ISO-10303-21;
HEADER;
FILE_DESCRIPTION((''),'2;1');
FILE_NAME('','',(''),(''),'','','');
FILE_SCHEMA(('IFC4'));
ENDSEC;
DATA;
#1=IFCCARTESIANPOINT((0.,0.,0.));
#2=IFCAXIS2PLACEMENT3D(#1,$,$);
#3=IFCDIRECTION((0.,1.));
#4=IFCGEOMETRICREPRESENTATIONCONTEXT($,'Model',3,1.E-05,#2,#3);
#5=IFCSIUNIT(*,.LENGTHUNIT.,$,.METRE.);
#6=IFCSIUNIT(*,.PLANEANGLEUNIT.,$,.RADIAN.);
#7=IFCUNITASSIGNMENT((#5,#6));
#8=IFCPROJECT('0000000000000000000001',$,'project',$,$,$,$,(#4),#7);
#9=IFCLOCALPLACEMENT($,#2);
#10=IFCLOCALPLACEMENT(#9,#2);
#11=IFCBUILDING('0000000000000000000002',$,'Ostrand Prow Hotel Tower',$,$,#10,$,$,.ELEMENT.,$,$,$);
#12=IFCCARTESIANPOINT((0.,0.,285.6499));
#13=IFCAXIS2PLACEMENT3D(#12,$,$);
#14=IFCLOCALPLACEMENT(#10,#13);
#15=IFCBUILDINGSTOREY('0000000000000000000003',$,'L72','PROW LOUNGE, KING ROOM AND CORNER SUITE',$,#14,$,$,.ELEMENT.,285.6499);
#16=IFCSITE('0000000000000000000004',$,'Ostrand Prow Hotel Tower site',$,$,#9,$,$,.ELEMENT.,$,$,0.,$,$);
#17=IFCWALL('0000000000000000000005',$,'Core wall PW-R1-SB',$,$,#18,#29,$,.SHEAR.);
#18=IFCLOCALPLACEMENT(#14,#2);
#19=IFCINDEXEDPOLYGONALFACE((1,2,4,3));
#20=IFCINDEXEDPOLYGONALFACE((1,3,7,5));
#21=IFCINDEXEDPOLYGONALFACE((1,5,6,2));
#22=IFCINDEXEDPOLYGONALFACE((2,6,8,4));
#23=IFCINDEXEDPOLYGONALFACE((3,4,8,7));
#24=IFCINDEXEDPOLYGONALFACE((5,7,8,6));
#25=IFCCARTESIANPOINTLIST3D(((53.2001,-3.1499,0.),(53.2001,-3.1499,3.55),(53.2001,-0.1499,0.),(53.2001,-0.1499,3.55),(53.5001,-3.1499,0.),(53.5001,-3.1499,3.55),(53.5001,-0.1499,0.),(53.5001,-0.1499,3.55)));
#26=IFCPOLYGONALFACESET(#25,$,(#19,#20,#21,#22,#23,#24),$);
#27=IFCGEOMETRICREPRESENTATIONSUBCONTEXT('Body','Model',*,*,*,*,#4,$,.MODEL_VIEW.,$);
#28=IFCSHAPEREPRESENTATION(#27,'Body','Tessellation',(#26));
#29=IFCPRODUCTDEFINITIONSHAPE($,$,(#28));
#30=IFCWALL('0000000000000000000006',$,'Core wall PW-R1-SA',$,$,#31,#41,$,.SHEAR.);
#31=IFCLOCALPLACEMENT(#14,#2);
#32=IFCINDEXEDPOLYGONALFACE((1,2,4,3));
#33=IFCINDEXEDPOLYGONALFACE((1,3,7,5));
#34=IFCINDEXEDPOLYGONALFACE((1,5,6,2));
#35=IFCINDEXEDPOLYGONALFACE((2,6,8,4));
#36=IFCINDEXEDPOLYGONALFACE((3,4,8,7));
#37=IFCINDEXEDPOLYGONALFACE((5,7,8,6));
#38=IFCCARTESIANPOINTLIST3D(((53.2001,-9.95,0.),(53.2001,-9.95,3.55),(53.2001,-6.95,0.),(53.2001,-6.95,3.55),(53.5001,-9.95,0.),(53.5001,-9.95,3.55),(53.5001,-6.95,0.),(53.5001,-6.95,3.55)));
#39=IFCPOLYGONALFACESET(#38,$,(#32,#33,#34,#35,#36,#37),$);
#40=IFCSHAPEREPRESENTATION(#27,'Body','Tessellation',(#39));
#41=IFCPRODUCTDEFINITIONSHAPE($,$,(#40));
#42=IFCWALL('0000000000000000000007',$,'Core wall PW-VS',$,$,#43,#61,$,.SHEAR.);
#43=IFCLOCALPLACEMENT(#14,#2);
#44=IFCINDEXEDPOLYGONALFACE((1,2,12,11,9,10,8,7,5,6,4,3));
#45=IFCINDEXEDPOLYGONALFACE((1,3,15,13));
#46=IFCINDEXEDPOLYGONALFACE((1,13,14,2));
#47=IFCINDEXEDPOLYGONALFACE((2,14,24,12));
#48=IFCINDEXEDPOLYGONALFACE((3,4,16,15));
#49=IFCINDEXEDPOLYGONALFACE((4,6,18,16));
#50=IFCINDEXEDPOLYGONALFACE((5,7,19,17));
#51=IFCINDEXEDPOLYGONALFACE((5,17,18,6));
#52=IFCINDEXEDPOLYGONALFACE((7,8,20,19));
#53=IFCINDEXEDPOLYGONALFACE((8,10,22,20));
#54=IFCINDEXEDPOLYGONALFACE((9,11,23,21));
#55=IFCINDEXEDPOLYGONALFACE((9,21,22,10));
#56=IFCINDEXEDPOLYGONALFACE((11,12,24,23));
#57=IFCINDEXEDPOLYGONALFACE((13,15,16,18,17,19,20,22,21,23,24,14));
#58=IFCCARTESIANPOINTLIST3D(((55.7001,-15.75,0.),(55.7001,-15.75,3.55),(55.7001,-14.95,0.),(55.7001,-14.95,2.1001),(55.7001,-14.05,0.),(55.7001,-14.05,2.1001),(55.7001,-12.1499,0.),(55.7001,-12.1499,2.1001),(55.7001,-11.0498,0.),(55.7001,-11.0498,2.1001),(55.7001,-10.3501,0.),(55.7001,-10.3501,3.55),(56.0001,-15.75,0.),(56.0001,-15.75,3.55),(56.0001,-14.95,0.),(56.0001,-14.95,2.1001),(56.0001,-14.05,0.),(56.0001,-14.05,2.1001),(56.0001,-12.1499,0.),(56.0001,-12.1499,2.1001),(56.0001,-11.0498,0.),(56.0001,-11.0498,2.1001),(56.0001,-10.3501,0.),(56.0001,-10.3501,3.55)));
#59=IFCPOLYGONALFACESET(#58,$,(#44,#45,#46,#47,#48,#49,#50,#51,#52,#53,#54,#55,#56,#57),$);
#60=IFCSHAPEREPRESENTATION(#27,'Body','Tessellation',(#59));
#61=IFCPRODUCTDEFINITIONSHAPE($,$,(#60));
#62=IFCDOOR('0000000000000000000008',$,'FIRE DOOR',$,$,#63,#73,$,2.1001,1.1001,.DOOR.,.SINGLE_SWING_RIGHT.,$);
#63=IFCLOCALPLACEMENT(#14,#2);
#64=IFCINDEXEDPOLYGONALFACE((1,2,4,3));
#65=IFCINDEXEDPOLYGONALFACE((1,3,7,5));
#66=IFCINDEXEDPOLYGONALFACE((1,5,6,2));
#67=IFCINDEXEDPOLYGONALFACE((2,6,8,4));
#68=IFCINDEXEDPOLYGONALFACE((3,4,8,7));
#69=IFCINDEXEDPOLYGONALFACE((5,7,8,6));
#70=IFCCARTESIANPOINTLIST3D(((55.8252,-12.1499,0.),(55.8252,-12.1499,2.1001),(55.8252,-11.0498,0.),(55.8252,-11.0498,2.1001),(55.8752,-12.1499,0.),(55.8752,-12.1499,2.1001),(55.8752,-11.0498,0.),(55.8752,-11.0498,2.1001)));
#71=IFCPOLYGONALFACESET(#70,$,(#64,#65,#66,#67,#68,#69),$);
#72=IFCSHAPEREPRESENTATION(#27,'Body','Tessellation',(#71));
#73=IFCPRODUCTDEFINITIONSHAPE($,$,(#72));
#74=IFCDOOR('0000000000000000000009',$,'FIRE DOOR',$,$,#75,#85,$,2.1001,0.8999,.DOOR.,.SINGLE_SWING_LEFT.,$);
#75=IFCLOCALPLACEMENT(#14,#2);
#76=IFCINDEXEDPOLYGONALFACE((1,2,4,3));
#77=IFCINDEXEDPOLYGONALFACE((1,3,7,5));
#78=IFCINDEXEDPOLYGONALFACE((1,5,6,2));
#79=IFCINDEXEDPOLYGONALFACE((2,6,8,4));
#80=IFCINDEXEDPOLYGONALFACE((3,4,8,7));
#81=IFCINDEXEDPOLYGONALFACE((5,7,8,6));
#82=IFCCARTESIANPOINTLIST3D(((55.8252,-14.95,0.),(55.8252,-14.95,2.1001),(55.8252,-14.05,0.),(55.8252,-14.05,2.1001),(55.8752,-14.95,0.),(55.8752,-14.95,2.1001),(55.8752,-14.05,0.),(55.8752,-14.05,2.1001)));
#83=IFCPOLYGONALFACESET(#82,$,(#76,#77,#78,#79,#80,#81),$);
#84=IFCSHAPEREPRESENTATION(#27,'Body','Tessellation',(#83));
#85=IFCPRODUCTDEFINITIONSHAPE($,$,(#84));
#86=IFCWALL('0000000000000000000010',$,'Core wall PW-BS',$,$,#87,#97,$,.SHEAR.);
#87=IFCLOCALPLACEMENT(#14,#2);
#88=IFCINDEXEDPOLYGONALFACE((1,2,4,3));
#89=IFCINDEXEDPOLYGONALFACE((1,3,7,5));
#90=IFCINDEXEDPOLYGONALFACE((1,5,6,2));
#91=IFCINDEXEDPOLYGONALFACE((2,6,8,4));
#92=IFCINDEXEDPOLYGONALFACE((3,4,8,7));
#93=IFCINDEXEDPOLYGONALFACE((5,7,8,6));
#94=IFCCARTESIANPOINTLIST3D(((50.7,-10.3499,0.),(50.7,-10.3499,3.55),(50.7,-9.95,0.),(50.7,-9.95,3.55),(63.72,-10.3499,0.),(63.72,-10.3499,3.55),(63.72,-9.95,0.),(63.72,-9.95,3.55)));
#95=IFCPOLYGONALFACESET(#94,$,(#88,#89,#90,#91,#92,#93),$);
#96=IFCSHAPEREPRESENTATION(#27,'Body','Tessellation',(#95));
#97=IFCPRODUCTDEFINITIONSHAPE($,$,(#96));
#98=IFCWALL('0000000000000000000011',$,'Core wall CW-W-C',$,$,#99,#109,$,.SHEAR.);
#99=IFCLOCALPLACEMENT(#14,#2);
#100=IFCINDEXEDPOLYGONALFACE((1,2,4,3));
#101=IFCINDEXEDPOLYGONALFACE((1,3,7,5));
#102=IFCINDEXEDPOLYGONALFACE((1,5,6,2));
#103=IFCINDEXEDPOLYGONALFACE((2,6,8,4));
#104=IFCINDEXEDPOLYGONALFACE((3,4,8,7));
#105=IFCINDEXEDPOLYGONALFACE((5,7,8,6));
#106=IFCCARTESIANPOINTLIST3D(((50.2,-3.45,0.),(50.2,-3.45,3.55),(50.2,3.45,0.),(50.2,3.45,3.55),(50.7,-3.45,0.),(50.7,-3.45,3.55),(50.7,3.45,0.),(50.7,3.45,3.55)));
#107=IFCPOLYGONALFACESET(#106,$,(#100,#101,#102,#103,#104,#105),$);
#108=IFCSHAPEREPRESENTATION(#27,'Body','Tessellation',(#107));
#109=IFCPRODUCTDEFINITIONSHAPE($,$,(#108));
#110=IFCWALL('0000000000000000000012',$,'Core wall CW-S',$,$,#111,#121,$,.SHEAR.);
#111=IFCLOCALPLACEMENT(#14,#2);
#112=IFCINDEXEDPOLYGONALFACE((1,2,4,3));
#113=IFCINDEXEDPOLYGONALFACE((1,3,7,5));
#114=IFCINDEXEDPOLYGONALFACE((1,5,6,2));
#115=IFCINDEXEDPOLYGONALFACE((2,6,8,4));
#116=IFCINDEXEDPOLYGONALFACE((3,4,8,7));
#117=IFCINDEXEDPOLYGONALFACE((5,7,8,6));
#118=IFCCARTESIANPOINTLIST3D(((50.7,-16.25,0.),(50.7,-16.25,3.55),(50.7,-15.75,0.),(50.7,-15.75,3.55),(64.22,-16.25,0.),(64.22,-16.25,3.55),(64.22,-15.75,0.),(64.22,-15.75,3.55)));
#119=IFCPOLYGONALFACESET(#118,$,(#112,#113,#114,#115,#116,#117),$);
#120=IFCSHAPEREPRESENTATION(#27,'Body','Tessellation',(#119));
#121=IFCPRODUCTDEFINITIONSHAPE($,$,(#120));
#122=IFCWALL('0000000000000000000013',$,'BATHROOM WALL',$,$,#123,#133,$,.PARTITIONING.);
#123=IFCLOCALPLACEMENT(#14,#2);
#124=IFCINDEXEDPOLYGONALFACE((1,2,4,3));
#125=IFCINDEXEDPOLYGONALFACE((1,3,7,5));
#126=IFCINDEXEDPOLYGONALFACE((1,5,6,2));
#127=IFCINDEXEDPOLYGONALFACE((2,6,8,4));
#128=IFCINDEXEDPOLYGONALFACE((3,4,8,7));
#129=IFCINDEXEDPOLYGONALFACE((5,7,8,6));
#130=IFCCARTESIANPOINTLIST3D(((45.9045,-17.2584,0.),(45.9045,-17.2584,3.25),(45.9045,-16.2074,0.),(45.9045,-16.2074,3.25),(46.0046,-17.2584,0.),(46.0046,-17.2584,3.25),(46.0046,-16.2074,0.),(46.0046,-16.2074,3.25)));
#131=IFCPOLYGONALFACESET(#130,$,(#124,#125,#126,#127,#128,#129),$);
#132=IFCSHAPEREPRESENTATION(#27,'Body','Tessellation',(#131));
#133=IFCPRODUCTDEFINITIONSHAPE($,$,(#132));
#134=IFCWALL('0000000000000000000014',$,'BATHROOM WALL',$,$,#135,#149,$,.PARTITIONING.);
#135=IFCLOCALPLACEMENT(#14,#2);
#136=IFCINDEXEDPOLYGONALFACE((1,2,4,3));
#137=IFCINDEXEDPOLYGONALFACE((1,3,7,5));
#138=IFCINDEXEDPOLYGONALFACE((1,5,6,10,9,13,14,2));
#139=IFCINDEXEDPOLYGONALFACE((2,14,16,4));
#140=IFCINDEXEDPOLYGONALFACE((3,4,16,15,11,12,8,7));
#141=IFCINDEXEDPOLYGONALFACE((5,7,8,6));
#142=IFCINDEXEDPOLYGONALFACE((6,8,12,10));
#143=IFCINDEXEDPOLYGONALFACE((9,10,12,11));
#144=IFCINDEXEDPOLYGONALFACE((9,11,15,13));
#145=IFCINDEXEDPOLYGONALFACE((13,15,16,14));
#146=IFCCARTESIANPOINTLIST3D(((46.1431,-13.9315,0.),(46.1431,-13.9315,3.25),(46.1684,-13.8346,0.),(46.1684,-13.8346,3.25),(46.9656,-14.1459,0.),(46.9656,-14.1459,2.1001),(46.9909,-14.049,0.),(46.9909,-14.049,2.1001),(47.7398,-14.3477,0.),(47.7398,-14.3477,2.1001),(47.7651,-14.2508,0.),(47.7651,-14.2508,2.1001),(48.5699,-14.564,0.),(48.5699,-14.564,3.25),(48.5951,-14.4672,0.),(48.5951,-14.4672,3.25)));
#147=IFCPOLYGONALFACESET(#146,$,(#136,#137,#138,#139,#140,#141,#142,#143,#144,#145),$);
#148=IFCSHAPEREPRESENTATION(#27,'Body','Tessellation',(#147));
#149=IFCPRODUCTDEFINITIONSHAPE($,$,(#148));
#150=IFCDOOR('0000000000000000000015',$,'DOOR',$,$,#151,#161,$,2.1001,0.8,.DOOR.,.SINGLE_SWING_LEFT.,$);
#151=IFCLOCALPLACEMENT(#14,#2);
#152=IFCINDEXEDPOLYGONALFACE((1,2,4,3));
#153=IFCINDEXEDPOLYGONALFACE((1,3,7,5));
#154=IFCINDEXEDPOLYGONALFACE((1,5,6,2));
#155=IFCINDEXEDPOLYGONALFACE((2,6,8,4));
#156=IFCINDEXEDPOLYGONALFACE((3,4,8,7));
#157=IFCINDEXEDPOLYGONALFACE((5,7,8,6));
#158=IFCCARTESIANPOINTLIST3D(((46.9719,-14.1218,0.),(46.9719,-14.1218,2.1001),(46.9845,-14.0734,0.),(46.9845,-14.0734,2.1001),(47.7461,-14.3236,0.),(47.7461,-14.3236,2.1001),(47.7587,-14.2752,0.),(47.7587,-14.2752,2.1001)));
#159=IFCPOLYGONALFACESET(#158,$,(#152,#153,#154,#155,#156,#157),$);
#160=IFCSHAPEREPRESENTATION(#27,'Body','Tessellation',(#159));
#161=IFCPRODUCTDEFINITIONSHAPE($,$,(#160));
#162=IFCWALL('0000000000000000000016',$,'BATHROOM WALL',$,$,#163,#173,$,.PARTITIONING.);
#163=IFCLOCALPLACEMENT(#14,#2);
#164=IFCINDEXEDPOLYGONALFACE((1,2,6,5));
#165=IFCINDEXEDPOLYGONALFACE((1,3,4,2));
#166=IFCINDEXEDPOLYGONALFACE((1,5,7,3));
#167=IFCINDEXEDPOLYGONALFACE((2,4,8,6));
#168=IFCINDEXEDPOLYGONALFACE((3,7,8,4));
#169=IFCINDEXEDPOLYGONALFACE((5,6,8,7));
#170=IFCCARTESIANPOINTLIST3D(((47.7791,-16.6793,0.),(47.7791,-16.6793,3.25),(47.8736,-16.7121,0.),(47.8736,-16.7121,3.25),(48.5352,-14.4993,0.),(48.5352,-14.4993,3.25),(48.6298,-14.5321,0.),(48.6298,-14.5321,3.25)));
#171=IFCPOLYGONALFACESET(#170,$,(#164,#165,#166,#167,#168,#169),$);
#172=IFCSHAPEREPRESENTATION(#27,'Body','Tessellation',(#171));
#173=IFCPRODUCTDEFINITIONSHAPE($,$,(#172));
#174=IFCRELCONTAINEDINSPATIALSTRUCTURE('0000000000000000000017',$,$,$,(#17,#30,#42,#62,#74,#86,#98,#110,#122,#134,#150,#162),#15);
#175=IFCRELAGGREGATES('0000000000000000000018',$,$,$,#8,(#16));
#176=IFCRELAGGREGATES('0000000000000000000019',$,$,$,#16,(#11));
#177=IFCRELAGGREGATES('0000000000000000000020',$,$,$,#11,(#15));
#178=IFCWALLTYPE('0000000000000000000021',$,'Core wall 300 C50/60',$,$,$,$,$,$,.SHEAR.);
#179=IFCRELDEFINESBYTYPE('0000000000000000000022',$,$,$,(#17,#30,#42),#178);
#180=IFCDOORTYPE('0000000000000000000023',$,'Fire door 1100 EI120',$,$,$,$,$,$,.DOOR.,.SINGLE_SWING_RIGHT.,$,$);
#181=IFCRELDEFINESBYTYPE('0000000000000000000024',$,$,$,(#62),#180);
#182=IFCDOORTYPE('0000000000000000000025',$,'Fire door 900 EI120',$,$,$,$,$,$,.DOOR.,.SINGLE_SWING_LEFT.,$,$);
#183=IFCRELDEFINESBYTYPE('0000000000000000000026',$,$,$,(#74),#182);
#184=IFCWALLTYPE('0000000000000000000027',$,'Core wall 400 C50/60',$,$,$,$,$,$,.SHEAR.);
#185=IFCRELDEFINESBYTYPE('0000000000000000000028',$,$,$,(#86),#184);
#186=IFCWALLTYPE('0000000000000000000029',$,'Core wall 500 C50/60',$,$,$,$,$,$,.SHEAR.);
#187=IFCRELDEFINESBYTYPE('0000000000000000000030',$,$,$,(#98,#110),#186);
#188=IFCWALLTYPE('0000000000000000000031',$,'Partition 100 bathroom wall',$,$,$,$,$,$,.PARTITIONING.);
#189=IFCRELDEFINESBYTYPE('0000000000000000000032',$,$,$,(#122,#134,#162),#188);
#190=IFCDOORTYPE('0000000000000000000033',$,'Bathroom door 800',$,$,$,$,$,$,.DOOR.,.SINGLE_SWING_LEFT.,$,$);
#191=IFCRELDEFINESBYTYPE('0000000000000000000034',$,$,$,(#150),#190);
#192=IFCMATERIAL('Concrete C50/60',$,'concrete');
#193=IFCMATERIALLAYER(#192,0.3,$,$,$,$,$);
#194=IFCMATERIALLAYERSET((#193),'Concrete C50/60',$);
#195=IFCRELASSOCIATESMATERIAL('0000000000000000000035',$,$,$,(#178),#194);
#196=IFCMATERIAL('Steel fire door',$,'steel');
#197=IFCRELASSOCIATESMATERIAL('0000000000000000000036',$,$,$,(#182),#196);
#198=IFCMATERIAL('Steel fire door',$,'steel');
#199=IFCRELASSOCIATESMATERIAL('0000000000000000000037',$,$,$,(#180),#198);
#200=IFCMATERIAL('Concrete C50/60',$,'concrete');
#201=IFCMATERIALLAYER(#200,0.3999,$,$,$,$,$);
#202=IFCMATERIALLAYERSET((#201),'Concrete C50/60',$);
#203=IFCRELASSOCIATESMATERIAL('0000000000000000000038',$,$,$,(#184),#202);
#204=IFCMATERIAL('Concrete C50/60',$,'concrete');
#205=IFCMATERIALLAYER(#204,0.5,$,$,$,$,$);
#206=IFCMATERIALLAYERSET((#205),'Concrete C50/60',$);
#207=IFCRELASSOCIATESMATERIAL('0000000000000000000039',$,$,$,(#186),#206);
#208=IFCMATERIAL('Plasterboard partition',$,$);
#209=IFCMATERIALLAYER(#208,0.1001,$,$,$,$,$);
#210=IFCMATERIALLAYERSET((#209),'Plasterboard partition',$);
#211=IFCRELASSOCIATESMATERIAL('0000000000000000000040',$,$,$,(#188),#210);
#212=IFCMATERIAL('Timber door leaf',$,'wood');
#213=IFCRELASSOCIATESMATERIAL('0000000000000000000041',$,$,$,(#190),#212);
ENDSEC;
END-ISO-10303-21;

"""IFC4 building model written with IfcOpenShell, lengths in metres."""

from ifc_helpers import new_model, si_unit, direction, frame, frame_2d, origin, place, context, subcontext, project, spatial, rectangle, extrude, material, layer, layer_set, type_object, element, fill, save


model = new_model("IFC4")

# Units and contexts
model_context = context("Model", 3, precision=1e-05, world=origin(), true_north=direction((0.0, 1.0)))
body_context = subcontext(model_context, "Body", "Model", "MODEL_VIEW")
ifc_project = project(units=[si_unit("LENGTHUNIT", "METRE"), si_unit("PLANEANGLEUNIT", "RADIAN")], contexts=[model_context])

# Site, building, storey
site_placement = place(None, origin())
site = spatial("IfcSite", under=ifc_project, at=site_placement, Name="Ostrand Prow Hotel Tower site", CompositionType="ELEMENT", RefElevation=0.0)
building_placement = place(site_placement, origin())
building = spatial("IfcBuilding", under=site, at=building_placement, Name="Ostrand Prow Hotel Tower", CompositionType="ELEMENT")
storey_placement = place(building_placement, frame((0.0, 0.0, 285.6499)))
storey = spatial("IfcBuildingStorey", under=building, at=storey_placement, Name="L72", Description="PROW LOUNGE, KING ROOM AND CORNER SUITE", CompositionType="ELEMENT", Elevation=285.6499)

# Shared definitions
ifc_material_1 = material(Name="Concrete C50/60", Category="concrete")
ifc_layer_1 = layer(ifc_material_1, 0.3)
ifc_layer_set_1 = layer_set([ifc_layer_1], Name="Concrete C50/60")
wall_type_1 = type_object("IfcWallType", Name="Core wall 300 C50/60", PredefinedType="SHEAR", material=ifc_layer_set_1)

# Shared definitions
ifc_material_2 = material(Name="Steel fire door", Category="steel")
door_type_1 = type_object("IfcDoorType", Name="Fire door 900 EI120", OperationType="SINGLE_SWING_LEFT", PredefinedType="DOOR", material=ifc_material_2)

# Walls
for number, where, z_axis, x_axis, name in (
    (1, (53.3501, -3.1499, 0.0), (0.0, 0.0, 1.0), (0.0, 1.0, 0.0), "Core wall PW-R1-SB"),
    (2, (53.3501, -9.95, 0.0), (0.0, 0.0, 1.0), (0.0, 1.0, 0.0), "Core wall PW-R1-SA"),
):
    element("IfcWall", number, at=place(storey_placement, frame(where, z_axis=z_axis, x_axis=x_axis)), inside=storey, type_object=wall_type_1, Name=name, PredefinedType="SHEAR", context=body_context, shape_type="SweptSolid", body=[
        extrude(rectangle(XDim=3.0, YDim=0.3, at=frame_2d((1.5, 0.0))), origin(), (0.0, 0.0, 1.0), 3.55),
    ])

# Wall, openings, doors
wall_1_placement = place(storey_placement, frame((55.8501, -15.75, 0.0), z_axis=(0.0, 0.0, 1.0), x_axis=(0.0, 1.0, 0.0)))
wall_1 = element("IfcWall", 3, at=wall_1_placement, inside=storey, type_object=wall_type_1, Name="Core wall PW-VS", PredefinedType="SHEAR", context=body_context, shape_type="SweptSolid", body=[
    extrude(rectangle(XDim=5.3999, YDim=0.3, at=frame_2d((2.7, 0.0))), origin(), (0.0, 0.0, 1.0), 3.55),
])
opening_1_placement = place(wall_1_placement, frame((3.6001, 0.0, 0.0)))
opening_1 = element("IfcOpeningElement", 4, at=opening_1_placement, cuts=wall_1, PredefinedType="OPENING", context=body_context, shape_type="SweptSolid", body=[
    extrude(rectangle(XDim=1.1001, YDim=2.1001, at=frame_2d((0.55, 1.05))), frame((0.0, 0.1599, 0.0), z_axis=(0.0, -1.0, 0.0), x_axis=(1.0, 0.0, 0.0)), (0.0, 0.0, 1.0), 0.3201),
])
opening_2_placement = place(wall_1_placement, frame((0.8, 0.0, 0.0)))
opening_2 = element("IfcOpeningElement", 5, at=opening_2_placement, cuts=wall_1, PredefinedType="OPENING", context=body_context, shape_type="SweptSolid", body=[
    extrude(rectangle(XDim=0.8999, YDim=2.1001, at=frame_2d((0.45, 1.05))), frame((0.0, 0.1599, 0.0), z_axis=(0.0, -1.0, 0.0), x_axis=(1.0, 0.0, 0.0)), (0.0, 0.0, 1.0), 0.3201),
])
ifc_material_3 = material(Name="Steel fire door", Category="steel")
door_type_2 = type_object("IfcDoorType", Name="Fire door 1100 EI120", OperationType="SINGLE_SWING_RIGHT", PredefinedType="DOOR", material=ifc_material_3)
door_1_placement = place(opening_1_placement, origin())
door_1 = element("IfcDoor", 6, at=door_1_placement, inside=storey, type_object=door_type_2, Name="FIRE DOOR", OperationType="SINGLE_SWING_RIGHT", OverallHeight=2.1001, OverallWidth=1.1001, PredefinedType="DOOR", context=body_context, shape_type="SweptSolid", body=[
    extrude(rectangle(XDim=1.1001, YDim=2.1001, at=frame_2d((0.55, 1.05))), frame((0.0, 0.0249, 0.0), z_axis=(0.0, -1.0, 0.0), x_axis=(1.0, 0.0, 0.0)), (0.0, 0.0, 1.0), 0.05),
])
fill(opening_1, door_1)
door_2_placement = place(opening_2_placement, origin())
door_2 = element("IfcDoor", 7, at=door_2_placement, inside=storey, type_object=door_type_1, Name="FIRE DOOR", OperationType="SINGLE_SWING_LEFT", OverallHeight=2.1001, OverallWidth=0.8999, PredefinedType="DOOR", context=body_context, shape_type="SweptSolid", body=[
    extrude(rectangle(XDim=0.8999, YDim=2.1001, at=frame_2d((0.45, 1.05))), frame((0.0, 0.0249, 0.0), z_axis=(0.0, -1.0, 0.0), x_axis=(1.0, 0.0, 0.0)), (0.0, 0.0, 1.0), 0.05),
])
fill(opening_2, door_2)

# Walls
ifc_material_4 = material(Name="Concrete C50/60", Category="concrete")
ifc_layer_2 = layer(ifc_material_4, 0.3999)
ifc_layer_set_2 = layer_set([ifc_layer_2], Name="Concrete C50/60")
wall_type_2 = type_object("IfcWallType", Name="Core wall 400 C50/60", PredefinedType="SHEAR", material=ifc_layer_set_2)
wall_2_placement = place(storey_placement, frame((50.7, -10.1499, 0.0), z_axis=(0.0, 0.0, 1.0), x_axis=(1.0, 0.0, 0.0)))
element("IfcWall", 8, at=wall_2_placement, inside=storey, type_object=wall_type_2, Name="Core wall PW-BS", PredefinedType="SHEAR", context=body_context, shape_type="SweptSolid", body=[
    extrude(rectangle(XDim=13.02, YDim=0.3999, at=frame_2d((6.51, 0.0))), origin(), (0.0, 0.0, 1.0), 3.55),
])
ifc_material_5 = material(Name="Concrete C50/60", Category="concrete")
ifc_layer_3 = layer(ifc_material_5, 0.5)
ifc_layer_set_3 = layer_set([ifc_layer_3], Name="Concrete C50/60")
wall_type_3 = type_object("IfcWallType", Name="Core wall 500 C50/60", PredefinedType="SHEAR", material=ifc_layer_set_3)
wall_3_placement = place(storey_placement, frame((50.45, -3.45, 0.0), z_axis=(0.0, 0.0, 1.0), x_axis=(0.0, 1.0, 0.0)))
element("IfcWall", 9, at=wall_3_placement, inside=storey, type_object=wall_type_3, Name="Core wall CW-W-C", PredefinedType="SHEAR", context=body_context, shape_type="SweptSolid", body=[
    extrude(rectangle(XDim=6.8999, YDim=0.5, at=frame_2d((3.45, 0.0))), origin(), (0.0, 0.0, 1.0), 3.55),
])
wall_4_placement = place(storey_placement, frame((50.7, -16.0, 0.0), z_axis=(0.0, 0.0, 1.0), x_axis=(1.0, 0.0, 0.0)))
element("IfcWall", 10, at=wall_4_placement, inside=storey, type_object=wall_type_3, Name="Core wall CW-S", PredefinedType="SHEAR", context=body_context, shape_type="SweptSolid", body=[
    extrude(rectangle(XDim=13.52, YDim=0.5, at=frame_2d((6.76, 0.0))), origin(), (0.0, 0.0, 1.0), 3.55),
])
ifc_material_6 = material(Name="Plasterboard partition")
ifc_layer_4 = layer(ifc_material_6, 0.1001)
ifc_layer_set_4 = layer_set([ifc_layer_4], Name="Plasterboard partition")
wall_type_4 = type_object("IfcWallType", Name="Partition 100 bathroom wall", PredefinedType="PARTITIONING", material=ifc_layer_set_4)
wall_5_placement = place(storey_placement, frame((45.9546, -16.2075, 0.0), z_axis=(0.0, 0.0, 1.0), x_axis=(0.0, -1.0, 0.0)))
element("IfcWall", 11, at=wall_5_placement, inside=storey, type_object=wall_type_4, Name="BATHROOM WALL", PredefinedType="PARTITIONING", context=body_context, shape_type="SweptSolid", body=[
    extrude(rectangle(XDim=1.051, YDim=0.1001, at=frame_2d((0.5254, 0.0))), origin(), (0.0, 0.0, 1.0), 3.25),
])

# Wall, opening, door
wall_6_placement = place(storey_placement, frame((46.1558, -13.8831, 0.0), z_axis=(0.0, 0.0, 1.0), x_axis=(0.967666, -0.252236, 0.0)))
wall_6 = element("IfcWall", 12, at=wall_6_placement, inside=storey, type_object=wall_type_4, Name="BATHROOM WALL", PredefinedType="PARTITIONING", context=body_context, shape_type="SweptSolid", body=[
    extrude(rectangle(XDim=2.5078, YDim=0.1001, at=frame_2d((1.2539, 0.0))), origin(), (0.0, 0.0, 1.0), 3.25),
])
opening_3_placement = place(wall_6_placement, frame((0.8501, 0.0, 0.0)))
opening_3 = element("IfcOpeningElement", 13, at=opening_3_placement, cuts=wall_6, PredefinedType="OPENING", context=body_context, shape_type="SweptSolid", body=[
    extrude(rectangle(XDim=0.8, YDim=2.1001, at=frame_2d((0.3999, 1.05))), frame((0.0, 0.0601, 0.0), z_axis=(0.0, -1.0, 0.0), x_axis=(1.0, 0.0, 0.0)), (0.0, 0.0, 1.0), 0.1201),
])
ifc_material_7 = material(Name="Timber door leaf", Category="wood")
door_type_3 = type_object("IfcDoorType", Name="Bathroom door 800", OperationType="SINGLE_SWING_LEFT", PredefinedType="DOOR", material=ifc_material_7)
door_3_placement = place(opening_3_placement, origin())
door_3 = element("IfcDoor", 14, at=door_3_placement, inside=storey, type_object=door_type_3, Name="DOOR", OperationType="SINGLE_SWING_LEFT", OverallHeight=2.1001, OverallWidth=0.8, PredefinedType="DOOR", context=body_context, shape_type="SweptSolid", body=[
    extrude(rectangle(XDim=0.8, YDim=2.1001, at=frame_2d((0.3999, 1.05))), frame((0.0, 0.0249, 0.0), z_axis=(0.0, -1.0, 0.0), x_axis=(1.0, 0.0, 0.0)), (0.0, 0.0, 1.0), 0.05),
])
fill(opening_3, door_3)

# Wall
wall_7_placement = place(storey_placement, frame((48.5825, -14.5156, 0.0), z_axis=(0.0, 0.0, 1.0), x_axis=(-0.327696, -0.944783, 0.0)))
element("IfcWall", 15, at=wall_7_placement, inside=storey, type_object=wall_type_4, Name="BATHROOM WALL", PredefinedType="PARTITIONING", context=body_context, shape_type="SweptSolid", body=[
    extrude(rectangle(XDim=2.3074, YDim=0.1001, at=frame_2d((1.1538, 0.0))), origin(), (0.0, 0.0, 1.0), 3.25),
])

save(model, "model.ifc")
